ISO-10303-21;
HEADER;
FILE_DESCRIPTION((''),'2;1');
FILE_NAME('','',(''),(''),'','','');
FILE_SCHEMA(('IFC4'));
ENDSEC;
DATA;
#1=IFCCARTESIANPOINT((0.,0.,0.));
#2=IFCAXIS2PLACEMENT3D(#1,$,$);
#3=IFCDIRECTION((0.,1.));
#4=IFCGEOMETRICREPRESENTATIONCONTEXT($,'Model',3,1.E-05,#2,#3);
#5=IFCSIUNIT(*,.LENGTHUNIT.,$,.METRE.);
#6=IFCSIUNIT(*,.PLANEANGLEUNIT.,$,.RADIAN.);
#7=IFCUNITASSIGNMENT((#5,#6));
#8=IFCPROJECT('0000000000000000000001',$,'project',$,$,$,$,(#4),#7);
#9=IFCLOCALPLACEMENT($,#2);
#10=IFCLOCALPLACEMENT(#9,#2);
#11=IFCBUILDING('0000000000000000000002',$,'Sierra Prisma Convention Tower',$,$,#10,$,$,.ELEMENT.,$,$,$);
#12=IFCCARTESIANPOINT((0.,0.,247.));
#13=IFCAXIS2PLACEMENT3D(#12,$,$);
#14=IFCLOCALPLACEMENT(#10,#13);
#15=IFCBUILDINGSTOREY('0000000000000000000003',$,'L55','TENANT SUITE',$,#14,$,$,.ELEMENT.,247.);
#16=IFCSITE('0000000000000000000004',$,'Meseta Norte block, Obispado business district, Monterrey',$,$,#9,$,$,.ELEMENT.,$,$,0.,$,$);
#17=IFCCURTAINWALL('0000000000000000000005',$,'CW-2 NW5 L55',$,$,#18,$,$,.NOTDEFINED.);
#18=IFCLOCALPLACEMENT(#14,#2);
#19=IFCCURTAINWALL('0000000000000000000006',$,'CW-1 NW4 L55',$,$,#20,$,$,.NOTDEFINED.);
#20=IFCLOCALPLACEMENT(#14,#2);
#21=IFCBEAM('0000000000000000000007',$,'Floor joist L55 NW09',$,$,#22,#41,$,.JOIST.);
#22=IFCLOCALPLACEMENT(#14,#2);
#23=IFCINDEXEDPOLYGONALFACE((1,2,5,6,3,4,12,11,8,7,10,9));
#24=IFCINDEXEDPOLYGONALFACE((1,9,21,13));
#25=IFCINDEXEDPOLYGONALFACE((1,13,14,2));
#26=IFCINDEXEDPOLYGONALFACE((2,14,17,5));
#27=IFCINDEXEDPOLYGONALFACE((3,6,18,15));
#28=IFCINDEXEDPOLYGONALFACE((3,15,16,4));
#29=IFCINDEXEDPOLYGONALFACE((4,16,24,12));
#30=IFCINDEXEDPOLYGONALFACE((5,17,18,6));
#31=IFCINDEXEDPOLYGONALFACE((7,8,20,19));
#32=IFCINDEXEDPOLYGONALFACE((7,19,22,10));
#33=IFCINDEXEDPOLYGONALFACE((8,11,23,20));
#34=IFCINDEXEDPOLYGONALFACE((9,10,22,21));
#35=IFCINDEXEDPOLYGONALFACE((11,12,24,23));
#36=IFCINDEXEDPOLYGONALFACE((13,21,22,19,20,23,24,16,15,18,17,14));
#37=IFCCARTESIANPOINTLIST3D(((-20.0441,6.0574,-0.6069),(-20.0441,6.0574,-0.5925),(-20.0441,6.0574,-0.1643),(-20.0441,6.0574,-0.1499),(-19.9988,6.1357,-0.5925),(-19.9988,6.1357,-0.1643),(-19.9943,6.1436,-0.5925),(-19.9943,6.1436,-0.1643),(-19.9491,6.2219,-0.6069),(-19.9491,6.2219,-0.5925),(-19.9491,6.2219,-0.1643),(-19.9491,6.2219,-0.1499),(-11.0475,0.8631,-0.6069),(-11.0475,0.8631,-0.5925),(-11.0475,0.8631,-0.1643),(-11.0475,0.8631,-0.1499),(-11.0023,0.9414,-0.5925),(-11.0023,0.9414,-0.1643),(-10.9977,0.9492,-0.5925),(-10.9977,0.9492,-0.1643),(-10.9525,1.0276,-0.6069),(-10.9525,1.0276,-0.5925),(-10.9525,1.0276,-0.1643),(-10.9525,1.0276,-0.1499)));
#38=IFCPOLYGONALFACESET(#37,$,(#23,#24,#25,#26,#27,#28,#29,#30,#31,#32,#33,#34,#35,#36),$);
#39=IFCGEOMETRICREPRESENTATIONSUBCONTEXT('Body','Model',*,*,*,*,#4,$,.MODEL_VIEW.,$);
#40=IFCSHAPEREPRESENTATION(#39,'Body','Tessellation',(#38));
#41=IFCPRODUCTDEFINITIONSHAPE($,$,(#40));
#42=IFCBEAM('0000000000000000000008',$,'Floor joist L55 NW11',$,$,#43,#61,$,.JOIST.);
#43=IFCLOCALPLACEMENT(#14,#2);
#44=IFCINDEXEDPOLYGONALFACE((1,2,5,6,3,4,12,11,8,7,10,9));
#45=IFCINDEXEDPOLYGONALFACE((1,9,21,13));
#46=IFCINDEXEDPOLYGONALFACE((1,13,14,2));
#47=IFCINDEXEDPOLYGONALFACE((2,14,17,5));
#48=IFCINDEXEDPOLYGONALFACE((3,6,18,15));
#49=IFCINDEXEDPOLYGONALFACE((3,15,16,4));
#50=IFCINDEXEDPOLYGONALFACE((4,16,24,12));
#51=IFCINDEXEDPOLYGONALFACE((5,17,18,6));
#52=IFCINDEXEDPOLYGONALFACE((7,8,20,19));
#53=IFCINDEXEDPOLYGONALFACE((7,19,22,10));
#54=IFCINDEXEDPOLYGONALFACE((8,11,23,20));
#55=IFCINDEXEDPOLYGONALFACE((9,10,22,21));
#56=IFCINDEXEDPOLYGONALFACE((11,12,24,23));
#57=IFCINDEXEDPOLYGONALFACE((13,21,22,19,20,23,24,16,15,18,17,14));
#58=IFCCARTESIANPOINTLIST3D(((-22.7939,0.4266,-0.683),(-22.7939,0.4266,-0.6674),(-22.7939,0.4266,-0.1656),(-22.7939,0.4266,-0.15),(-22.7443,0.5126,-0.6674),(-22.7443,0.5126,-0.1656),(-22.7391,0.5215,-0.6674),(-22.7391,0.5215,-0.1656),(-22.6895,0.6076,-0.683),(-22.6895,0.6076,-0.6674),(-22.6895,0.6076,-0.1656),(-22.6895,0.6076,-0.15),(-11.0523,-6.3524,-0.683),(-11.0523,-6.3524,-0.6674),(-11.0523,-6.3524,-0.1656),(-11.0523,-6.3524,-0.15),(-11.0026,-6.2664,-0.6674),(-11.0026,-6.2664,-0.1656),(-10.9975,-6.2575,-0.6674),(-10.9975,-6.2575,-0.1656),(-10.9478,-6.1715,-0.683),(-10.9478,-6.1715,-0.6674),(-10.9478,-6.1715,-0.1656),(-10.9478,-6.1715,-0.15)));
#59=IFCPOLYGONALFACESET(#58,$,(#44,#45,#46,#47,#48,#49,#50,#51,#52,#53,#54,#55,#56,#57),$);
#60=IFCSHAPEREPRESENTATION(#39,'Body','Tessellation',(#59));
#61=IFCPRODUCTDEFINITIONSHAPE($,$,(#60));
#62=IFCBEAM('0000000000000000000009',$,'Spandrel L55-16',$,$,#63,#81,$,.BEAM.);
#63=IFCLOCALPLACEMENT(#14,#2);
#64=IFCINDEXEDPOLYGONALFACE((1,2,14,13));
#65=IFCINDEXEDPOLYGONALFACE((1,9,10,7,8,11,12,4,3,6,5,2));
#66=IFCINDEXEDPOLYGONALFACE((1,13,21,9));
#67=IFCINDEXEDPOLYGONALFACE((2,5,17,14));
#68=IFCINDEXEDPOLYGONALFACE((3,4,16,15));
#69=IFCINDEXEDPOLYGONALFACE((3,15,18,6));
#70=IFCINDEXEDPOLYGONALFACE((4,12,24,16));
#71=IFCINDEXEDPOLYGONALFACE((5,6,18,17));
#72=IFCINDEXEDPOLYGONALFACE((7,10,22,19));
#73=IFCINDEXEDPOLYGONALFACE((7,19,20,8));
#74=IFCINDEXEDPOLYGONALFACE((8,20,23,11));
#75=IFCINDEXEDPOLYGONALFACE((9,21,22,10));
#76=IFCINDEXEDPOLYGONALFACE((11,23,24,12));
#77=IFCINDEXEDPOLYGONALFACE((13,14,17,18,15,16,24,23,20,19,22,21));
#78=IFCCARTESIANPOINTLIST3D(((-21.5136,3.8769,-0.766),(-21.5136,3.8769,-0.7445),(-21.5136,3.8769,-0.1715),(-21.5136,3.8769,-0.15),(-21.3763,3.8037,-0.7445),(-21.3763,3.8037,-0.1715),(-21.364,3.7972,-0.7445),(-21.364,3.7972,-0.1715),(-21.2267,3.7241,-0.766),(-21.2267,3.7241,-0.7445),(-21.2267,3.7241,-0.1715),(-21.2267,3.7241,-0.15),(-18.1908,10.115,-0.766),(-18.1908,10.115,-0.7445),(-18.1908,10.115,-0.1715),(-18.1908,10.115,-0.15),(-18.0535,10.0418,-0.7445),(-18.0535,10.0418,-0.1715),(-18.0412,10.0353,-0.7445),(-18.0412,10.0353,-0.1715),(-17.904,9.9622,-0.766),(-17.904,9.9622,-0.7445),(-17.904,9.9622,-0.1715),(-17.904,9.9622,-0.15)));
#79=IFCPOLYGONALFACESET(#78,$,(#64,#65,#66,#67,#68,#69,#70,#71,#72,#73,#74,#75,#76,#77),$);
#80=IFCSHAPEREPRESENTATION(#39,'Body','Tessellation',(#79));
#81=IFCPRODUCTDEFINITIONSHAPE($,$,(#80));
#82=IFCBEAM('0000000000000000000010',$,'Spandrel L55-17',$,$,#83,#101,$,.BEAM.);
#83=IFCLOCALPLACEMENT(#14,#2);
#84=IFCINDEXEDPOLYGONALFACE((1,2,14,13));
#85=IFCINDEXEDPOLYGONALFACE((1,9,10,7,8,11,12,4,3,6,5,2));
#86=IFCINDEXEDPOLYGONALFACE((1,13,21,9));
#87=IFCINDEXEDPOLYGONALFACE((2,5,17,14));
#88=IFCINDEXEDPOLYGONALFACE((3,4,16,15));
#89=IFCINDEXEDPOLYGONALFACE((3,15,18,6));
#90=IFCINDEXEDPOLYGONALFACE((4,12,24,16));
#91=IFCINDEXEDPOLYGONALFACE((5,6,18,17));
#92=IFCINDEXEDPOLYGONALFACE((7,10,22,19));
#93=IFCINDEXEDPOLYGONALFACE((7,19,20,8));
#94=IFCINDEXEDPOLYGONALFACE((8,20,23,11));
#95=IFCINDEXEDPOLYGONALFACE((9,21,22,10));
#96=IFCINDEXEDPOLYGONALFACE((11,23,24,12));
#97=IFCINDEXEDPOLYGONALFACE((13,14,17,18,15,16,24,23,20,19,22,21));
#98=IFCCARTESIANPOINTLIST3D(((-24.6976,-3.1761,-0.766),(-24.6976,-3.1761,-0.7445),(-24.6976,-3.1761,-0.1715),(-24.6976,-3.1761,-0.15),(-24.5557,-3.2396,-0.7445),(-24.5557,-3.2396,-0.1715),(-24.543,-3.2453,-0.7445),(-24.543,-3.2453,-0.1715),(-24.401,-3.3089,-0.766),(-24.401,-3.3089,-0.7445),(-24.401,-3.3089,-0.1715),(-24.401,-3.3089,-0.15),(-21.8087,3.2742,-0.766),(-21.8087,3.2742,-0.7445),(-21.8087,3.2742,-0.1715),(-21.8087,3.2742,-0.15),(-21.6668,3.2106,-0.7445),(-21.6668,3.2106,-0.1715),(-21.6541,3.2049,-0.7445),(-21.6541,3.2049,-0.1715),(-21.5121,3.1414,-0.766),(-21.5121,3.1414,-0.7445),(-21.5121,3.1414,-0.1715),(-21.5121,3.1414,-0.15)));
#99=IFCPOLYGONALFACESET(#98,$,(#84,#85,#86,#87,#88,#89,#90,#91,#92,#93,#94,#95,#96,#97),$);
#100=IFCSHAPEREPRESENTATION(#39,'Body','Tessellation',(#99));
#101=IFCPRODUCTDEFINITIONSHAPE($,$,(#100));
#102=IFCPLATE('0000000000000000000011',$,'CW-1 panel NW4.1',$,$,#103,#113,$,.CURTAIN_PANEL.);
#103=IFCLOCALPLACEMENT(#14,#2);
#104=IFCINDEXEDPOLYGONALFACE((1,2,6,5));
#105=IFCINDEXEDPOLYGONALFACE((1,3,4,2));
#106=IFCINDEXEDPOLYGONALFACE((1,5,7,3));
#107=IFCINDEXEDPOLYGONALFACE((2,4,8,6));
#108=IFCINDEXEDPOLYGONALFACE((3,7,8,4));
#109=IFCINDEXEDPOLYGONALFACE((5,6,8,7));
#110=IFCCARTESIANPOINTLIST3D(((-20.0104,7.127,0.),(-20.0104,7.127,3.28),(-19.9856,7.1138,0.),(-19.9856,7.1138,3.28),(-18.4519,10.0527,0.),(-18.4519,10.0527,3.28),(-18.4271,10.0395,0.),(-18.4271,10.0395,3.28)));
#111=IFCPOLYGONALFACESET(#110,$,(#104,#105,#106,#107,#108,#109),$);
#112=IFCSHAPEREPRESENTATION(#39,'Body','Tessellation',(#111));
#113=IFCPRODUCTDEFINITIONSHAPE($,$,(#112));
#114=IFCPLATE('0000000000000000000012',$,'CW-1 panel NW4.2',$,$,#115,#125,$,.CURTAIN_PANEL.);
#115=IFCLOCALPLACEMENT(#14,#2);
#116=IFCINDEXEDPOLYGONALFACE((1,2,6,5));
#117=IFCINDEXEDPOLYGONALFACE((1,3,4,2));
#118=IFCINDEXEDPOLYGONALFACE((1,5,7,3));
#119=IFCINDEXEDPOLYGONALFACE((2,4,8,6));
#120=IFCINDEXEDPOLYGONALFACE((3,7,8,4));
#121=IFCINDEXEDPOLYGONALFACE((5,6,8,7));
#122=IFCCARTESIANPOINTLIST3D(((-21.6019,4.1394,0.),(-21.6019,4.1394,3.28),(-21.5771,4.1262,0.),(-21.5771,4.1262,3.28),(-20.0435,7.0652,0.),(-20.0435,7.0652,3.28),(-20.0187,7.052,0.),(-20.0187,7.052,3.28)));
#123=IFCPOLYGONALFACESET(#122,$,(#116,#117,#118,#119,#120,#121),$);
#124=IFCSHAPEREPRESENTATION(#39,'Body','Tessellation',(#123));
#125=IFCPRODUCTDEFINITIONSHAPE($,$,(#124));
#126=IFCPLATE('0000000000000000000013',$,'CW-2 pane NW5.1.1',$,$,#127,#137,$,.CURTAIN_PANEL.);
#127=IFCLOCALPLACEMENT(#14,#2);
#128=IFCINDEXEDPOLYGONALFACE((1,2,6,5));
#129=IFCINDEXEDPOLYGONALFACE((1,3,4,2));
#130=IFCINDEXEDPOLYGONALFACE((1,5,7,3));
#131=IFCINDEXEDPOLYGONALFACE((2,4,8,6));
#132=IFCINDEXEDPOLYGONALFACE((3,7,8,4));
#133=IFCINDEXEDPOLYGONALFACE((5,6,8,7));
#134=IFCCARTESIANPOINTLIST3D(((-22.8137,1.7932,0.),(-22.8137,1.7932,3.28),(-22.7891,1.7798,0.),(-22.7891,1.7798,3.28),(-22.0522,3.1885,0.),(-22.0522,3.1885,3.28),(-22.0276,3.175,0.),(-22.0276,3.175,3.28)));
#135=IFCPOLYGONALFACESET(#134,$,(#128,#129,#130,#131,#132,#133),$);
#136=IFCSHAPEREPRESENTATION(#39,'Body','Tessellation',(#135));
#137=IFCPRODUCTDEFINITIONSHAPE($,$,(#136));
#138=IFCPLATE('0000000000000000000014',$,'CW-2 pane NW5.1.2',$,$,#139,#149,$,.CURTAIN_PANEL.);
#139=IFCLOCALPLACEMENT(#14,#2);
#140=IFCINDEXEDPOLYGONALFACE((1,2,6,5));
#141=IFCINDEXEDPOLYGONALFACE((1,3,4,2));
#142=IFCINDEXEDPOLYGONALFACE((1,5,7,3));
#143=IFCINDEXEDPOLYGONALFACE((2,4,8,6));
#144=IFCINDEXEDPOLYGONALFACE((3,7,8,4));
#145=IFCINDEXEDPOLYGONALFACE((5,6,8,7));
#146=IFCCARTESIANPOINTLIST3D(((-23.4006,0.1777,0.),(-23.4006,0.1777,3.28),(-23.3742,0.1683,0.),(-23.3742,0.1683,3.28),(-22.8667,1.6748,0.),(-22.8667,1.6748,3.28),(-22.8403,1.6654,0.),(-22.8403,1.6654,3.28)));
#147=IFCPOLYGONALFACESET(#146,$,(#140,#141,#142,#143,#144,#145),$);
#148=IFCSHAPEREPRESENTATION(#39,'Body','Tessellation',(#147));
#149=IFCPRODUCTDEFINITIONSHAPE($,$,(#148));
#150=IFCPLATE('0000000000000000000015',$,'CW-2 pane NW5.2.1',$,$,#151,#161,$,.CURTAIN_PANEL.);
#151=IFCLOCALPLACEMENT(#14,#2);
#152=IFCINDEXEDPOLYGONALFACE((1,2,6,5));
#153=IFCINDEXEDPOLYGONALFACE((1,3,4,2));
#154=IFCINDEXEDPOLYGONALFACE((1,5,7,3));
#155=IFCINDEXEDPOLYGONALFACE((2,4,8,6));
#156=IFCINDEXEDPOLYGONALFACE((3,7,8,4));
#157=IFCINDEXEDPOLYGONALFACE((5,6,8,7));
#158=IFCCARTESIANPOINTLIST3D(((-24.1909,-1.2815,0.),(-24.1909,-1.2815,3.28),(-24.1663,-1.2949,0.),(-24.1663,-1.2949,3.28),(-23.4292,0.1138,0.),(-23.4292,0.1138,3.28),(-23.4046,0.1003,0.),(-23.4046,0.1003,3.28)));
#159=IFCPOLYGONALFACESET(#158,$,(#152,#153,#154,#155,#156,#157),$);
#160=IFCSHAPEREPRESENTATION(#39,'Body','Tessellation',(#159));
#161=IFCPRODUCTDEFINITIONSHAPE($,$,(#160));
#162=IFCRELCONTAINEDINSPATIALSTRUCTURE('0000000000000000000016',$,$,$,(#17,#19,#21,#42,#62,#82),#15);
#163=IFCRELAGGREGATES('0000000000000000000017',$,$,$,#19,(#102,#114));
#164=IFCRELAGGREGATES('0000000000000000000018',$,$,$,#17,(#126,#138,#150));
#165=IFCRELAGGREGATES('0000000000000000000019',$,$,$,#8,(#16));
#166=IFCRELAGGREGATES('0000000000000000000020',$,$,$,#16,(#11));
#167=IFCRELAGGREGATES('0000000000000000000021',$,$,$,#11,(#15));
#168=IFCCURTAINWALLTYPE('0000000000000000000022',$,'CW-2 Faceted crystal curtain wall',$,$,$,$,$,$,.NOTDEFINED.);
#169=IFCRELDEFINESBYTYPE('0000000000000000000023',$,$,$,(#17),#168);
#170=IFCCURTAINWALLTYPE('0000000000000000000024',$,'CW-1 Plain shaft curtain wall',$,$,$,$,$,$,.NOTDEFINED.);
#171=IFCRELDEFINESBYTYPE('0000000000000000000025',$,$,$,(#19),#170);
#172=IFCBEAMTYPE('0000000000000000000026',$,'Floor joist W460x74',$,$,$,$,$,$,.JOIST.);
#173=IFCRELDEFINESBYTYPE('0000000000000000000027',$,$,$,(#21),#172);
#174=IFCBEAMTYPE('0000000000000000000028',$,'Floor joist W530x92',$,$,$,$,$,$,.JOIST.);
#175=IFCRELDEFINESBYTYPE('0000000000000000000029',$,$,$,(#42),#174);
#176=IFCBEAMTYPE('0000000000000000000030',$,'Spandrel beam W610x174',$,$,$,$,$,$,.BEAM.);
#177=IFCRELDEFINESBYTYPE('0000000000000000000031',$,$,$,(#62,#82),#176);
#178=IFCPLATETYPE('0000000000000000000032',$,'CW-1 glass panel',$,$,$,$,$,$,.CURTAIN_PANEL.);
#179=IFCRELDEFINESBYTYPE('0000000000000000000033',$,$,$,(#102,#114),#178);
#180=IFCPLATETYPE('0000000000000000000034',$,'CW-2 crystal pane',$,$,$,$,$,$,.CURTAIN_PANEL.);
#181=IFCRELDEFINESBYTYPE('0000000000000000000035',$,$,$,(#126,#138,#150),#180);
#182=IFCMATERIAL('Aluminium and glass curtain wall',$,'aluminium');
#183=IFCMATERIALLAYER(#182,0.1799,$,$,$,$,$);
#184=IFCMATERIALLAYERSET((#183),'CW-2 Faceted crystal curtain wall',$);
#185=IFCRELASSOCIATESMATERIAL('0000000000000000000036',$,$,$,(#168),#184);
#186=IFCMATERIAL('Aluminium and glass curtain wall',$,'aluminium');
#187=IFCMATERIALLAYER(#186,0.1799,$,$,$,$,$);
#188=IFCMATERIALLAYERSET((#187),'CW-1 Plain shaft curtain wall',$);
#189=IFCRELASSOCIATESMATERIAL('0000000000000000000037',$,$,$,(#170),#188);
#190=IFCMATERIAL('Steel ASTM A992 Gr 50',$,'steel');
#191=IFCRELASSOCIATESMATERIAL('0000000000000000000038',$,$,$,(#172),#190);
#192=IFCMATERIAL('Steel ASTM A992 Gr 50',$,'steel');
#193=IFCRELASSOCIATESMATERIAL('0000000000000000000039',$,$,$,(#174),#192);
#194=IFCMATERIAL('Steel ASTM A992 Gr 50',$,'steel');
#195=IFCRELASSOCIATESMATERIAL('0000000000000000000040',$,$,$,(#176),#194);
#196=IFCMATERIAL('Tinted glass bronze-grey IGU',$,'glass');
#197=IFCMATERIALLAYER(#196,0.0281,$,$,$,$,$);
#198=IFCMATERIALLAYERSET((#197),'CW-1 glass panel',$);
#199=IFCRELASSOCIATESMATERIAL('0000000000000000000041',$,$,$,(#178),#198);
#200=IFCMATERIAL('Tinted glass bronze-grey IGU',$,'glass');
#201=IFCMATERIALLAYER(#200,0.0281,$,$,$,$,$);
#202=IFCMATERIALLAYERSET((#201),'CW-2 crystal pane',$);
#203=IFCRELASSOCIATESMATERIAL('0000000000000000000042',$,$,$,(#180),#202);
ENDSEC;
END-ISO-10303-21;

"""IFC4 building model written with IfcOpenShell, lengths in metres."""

from ifc_helpers import new_model, si_unit, direction, frame, origin, origin_2d, place, context, subcontext, project, spatial, polyline, rectangle, i_section, outline, extrude, material, layer, layer_set, material_profile, profile_set, type_object, element, aggregate, save


model = new_model("IFC4")

# Units and contexts
model_context = context("Model", 3, precision=1e-05, world=origin(), true_north=direction((0.0, 1.0)))
body_context = subcontext(model_context, "Body", "Model", "MODEL_VIEW")
ifc_project = project(units=[si_unit("LENGTHUNIT", "METRE"), si_unit("PLANEANGLEUNIT", "RADIAN")], contexts=[model_context])

# Site, building, storey
site_placement = place(None, origin())
site = spatial("IfcSite", under=ifc_project, at=site_placement, Name="Meseta Norte block, Obispado business district, Monterrey", CompositionType="ELEMENT", RefElevation=0.0)
building_placement = place(site_placement, origin())
building = spatial("IfcBuilding", under=site, at=building_placement, Name="Sierra Prisma Convention Tower", CompositionType="ELEMENT")
storey_placement = place(building_placement, frame((0.0, 0.0, 247.0)))
storey = spatial("IfcBuildingStorey", under=building, at=storey_placement, Name="L55", Description="TENANT SUITE", CompositionType="ELEMENT", Elevation=247.0)

# Curtain walls
ifc_material_1 = material(Name="Aluminium and glass curtain wall", Category="aluminium")
ifc_layer_1 = layer(ifc_material_1, 0.1799)
ifc_layer_set_1 = layer_set([ifc_layer_1], Name="CW-2 Faceted crystal curtain wall")
curtain_wall_type_1 = type_object("IfcCurtainWallType", Name="CW-2 Faceted crystal curtain wall", PredefinedType="NOTDEFINED", material=ifc_layer_set_1)
curtain_wall_1_placement = place(storey_placement, origin())
curtain_wall_1 = element("IfcCurtainWall", 1, at=curtain_wall_1_placement, inside=storey, type_object=curtain_wall_type_1, Name="CW-2 NW5 L55", PredefinedType="NOTDEFINED")
ifc_material_2 = material(Name="Aluminium and glass curtain wall", Category="aluminium")
ifc_layer_2 = layer(ifc_material_2, 0.1799)
ifc_layer_set_2 = layer_set([ifc_layer_2], Name="CW-1 Plain shaft curtain wall")
curtain_wall_type_2 = type_object("IfcCurtainWallType", Name="CW-1 Plain shaft curtain wall", PredefinedType="NOTDEFINED", material=ifc_layer_set_2)
curtain_wall_2_placement = place(storey_placement, origin())
curtain_wall_2 = element("IfcCurtainWall", 2, at=curtain_wall_2_placement, inside=storey, type_object=curtain_wall_type_2, Name="CW-1 NW4 L55", PredefinedType="NOTDEFINED")

# Beams
ifc_material_3 = material(Name="Steel ASTM A992 Gr 50", Category="steel")
ifc_material_profile_1 = material_profile(ifc_material_3, i_section(OverallWidth=0.1899, OverallDepth=0.457, WebThickness=0.009, FlangeThickness=0.0144, at=origin_2d()), Name="W460x74")
ifc_profile_set_1 = profile_set([ifc_material_profile_1], Name="Steel ASTM A992 Gr 50")
beam_type_1 = type_object("IfcBeamType", Name="Floor joist W460x74", PredefinedType="JOIST", material=ifc_profile_set_1)
beam_1_placement = place(storey_placement, frame((-19.9966, 6.1396, -0.3784), z_axis=(0.866019, -0.500011, 0.0), x_axis=(0.500011, 0.866019, 0.0)))
element("IfcBeam", 3, at=beam_1_placement, inside=storey, type_object=beam_type_1, Name="Floor joist L55 NW09", PredefinedType="JOIST", context=body_context, shape_type="SweptSolid", body=[
    extrude(i_section(OverallWidth=0.1899, OverallDepth=0.457, WebThickness=0.009, FlangeThickness=0.0144, at=origin_2d()), origin(), (0.0, 0.0, 1.0), 10.3884),
])
ifc_material_4 = material(Name="Steel ASTM A992 Gr 50", Category="steel")
ifc_material_profile_2 = material_profile(ifc_material_4, i_section(OverallWidth=0.209, OverallDepth=0.533, WebThickness=0.0103, FlangeThickness=0.0156, at=origin_2d()), Name="W530x92")
ifc_profile_set_2 = profile_set([ifc_material_profile_2], Name="Steel ASTM A992 Gr 50")
beam_type_2 = type_object("IfcBeamType", Name="Floor joist W530x92", PredefinedType="JOIST", material=ifc_profile_set_2)
beam_2_placement = place(storey_placement, frame((-22.7417, 0.5171, -0.4165), z_axis=(0.866026, -0.499999, 0.0), x_axis=(0.499999, 0.866026, 0.0)))
element("IfcBeam", 4, at=beam_2_placement, inside=storey, type_object=beam_type_2, Name="Floor joist L55 NW11", PredefinedType="JOIST", context=body_context, shape_type="SweptSolid", body=[
    extrude(i_section(OverallWidth=0.209, OverallDepth=0.533, WebThickness=0.0103, FlangeThickness=0.0156, at=origin_2d()), origin(), (0.0, 0.0, 1.0), 13.5581),
])
ifc_material_5 = material(Name="Steel ASTM A992 Gr 50", Category="steel")
ifc_material_profile_3 = material_profile(ifc_material_5, i_section(OverallWidth=0.325, OverallDepth=0.616, WebThickness=0.0139, FlangeThickness=0.0215, at=origin_2d()), Name="W610x174")
ifc_profile_set_3 = profile_set([ifc_material_profile_3], Name="Steel ASTM A992 Gr 50")
beam_type_3 = type_object("IfcBeamType", Name="Spandrel beam W610x174", PredefinedType="BEAM", material=ifc_profile_set_3)
beam_3_placement = place(storey_placement, frame((-18.0474, 10.0386, -0.458), z_axis=(-0.470126, -0.8826, 0.0), x_axis=(0.8826, -0.470126, 0.0)))
element("IfcBeam", 5, at=beam_3_placement, inside=storey, type_object=beam_type_3, Name="Spandrel L55-16", PredefinedType="BEAM", context=body_context, shape_type="SweptSolid", body=[
    extrude(i_section(OverallWidth=0.325, OverallDepth=0.616, WebThickness=0.0139, FlangeThickness=0.0215, at=origin_2d()), origin(), (0.0, 0.0, 1.0), 7.0679),
])
beam_4_placement = place(storey_placement, frame((-21.6604, 3.2078, -0.458), z_axis=(-0.408755, -0.912644, 0.0), x_axis=(0.912644, -0.408755, 0.0)))
element("IfcBeam", 6, at=beam_4_placement, inside=storey, type_object=beam_type_3, Name="Spandrel L55-17", PredefinedType="BEAM", context=body_context, shape_type="SweptSolid", body=[
    extrude(i_section(OverallWidth=0.325, OverallDepth=0.616, WebThickness=0.0139, FlangeThickness=0.0215, at=origin_2d()), origin(), (0.0, 0.0, 1.0), 7.0676),
])

# Plates
ifc_material_6 = material(Name="Tinted glass bronze-grey IGU", Category="glass")
ifc_layer_3 = layer(ifc_material_6, 0.0281)
ifc_layer_set_3 = layer_set([ifc_layer_3], Name="CW-1 glass panel")
plate_type_1 = type_object("IfcPlateType", Name="CW-1 glass panel", PredefinedType="CURTAIN_PANEL", material=ifc_layer_set_3)
plate_1_placement = place(storey_placement, frame((-19.2188, 8.5833, 0.0), z_axis=(0.0, 0.0, 1.0), x_axis=(-0.470124, -0.8826, 0.0)))
plate_1 = element("IfcPlate", 7, at=plate_1_placement, type_object=plate_type_1, Name="CW-1 panel NW4.1", PredefinedType="CURTAIN_PANEL", context=body_context, shape_type="SweptSolid", body=[
    extrude(rectangle(XDim=3.3149, YDim=0.0281, at=origin_2d()), origin(), (0.0, 0.0, 1.0), 3.28),
])
plate_2_placement = place(storey_placement, frame((-20.8103, 5.5957, 0.0), z_axis=(0.0, 0.0, 1.0), x_axis=(-0.470124, -0.8826, 0.0)))
plate_2 = element("IfcPlate", 8, at=plate_2_placement, type_object=plate_type_1, Name="CW-1 panel NW4.2", PredefinedType="CURTAIN_PANEL", context=body_context, shape_type="SweptSolid", body=[
    extrude(rectangle(XDim=3.3149, YDim=0.0281, at=origin_2d()), origin(), (0.0, 0.0, 1.0), 3.28),
])
aggregate(curtain_wall_2, [plate_1, plate_2])
ifc_material_7 = material(Name="Tinted glass bronze-grey IGU", Category="glass")
ifc_layer_4 = layer(ifc_material_7, 0.0281)
ifc_layer_set_4 = layer_set([ifc_layer_4], Name="CW-2 crystal pane")
plate_type_2 = type_object("IfcPlateType", Name="CW-2 crystal pane", PredefinedType="CURTAIN_PANEL", material=ifc_layer_set_4)
plate_3_placement = place(storey_placement, frame((-22.0522, 3.1885, 0.0), z_axis=(-0.877784, 0.479057, 0.0), x_axis=(-0.479057, -0.877784, 0.0)))
plate_3 = element("IfcPlate", 9, at=plate_3_placement, type_object=plate_type_2, Name="CW-2 pane NW5.1.1", PredefinedType="CURTAIN_PANEL", context=body_context, shape_type="SweptSolid", body=[
    extrude(outline(polyline([(0.0, 0.0), (1.5895, 0.0), (1.5895, 3.28), (0.0, 3.28), (0.0, 0.0)])), origin(), (0.0, 0.0, -1.0), 0.0281),
])
plate_4_placement = place(storey_placement, frame((-23.4006, 0.1777, 0.0), z_axis=(-0.941888, 0.335928, 0.0), x_axis=(0.335928, 0.941888, 0.0)))
plate_4 = element("IfcPlate", 10, at=plate_4_placement, type_object=plate_type_2, Name="CW-2 pane NW5.1.2", PredefinedType="CURTAIN_PANEL", context=body_context, shape_type="SweptSolid", body=[
    extrude(outline(polyline([(0.0, 0.0), (1.5894, 0.0), (1.5894, -3.28), (0.0, -3.28), (0.0, 0.0)])), origin(), (0.0, 0.0, -1.0), 0.0281),
])
plate_5_placement = place(storey_placement, frame((-23.4292, 0.1138, 0.0), z_axis=(-0.877719, 0.479175, 0.0), x_axis=(-0.479175, -0.877719, 0.0)))
plate_5 = element("IfcPlate", 11, at=plate_5_placement, type_object=plate_type_2, Name="CW-2 pane NW5.2.1", PredefinedType="CURTAIN_PANEL", context=body_context, shape_type="SweptSolid", body=[
    extrude(outline(polyline([(0.0, 0.0), (1.5896, 0.0), (1.5896, 3.28), (0.0, 3.28), (0.0, 0.0)])), origin(), (0.0, 0.0, -1.0), 0.0281),
])
aggregate(curtain_wall_1, [plate_3, plate_4, plate_5])

save(model, "model.ifc")
